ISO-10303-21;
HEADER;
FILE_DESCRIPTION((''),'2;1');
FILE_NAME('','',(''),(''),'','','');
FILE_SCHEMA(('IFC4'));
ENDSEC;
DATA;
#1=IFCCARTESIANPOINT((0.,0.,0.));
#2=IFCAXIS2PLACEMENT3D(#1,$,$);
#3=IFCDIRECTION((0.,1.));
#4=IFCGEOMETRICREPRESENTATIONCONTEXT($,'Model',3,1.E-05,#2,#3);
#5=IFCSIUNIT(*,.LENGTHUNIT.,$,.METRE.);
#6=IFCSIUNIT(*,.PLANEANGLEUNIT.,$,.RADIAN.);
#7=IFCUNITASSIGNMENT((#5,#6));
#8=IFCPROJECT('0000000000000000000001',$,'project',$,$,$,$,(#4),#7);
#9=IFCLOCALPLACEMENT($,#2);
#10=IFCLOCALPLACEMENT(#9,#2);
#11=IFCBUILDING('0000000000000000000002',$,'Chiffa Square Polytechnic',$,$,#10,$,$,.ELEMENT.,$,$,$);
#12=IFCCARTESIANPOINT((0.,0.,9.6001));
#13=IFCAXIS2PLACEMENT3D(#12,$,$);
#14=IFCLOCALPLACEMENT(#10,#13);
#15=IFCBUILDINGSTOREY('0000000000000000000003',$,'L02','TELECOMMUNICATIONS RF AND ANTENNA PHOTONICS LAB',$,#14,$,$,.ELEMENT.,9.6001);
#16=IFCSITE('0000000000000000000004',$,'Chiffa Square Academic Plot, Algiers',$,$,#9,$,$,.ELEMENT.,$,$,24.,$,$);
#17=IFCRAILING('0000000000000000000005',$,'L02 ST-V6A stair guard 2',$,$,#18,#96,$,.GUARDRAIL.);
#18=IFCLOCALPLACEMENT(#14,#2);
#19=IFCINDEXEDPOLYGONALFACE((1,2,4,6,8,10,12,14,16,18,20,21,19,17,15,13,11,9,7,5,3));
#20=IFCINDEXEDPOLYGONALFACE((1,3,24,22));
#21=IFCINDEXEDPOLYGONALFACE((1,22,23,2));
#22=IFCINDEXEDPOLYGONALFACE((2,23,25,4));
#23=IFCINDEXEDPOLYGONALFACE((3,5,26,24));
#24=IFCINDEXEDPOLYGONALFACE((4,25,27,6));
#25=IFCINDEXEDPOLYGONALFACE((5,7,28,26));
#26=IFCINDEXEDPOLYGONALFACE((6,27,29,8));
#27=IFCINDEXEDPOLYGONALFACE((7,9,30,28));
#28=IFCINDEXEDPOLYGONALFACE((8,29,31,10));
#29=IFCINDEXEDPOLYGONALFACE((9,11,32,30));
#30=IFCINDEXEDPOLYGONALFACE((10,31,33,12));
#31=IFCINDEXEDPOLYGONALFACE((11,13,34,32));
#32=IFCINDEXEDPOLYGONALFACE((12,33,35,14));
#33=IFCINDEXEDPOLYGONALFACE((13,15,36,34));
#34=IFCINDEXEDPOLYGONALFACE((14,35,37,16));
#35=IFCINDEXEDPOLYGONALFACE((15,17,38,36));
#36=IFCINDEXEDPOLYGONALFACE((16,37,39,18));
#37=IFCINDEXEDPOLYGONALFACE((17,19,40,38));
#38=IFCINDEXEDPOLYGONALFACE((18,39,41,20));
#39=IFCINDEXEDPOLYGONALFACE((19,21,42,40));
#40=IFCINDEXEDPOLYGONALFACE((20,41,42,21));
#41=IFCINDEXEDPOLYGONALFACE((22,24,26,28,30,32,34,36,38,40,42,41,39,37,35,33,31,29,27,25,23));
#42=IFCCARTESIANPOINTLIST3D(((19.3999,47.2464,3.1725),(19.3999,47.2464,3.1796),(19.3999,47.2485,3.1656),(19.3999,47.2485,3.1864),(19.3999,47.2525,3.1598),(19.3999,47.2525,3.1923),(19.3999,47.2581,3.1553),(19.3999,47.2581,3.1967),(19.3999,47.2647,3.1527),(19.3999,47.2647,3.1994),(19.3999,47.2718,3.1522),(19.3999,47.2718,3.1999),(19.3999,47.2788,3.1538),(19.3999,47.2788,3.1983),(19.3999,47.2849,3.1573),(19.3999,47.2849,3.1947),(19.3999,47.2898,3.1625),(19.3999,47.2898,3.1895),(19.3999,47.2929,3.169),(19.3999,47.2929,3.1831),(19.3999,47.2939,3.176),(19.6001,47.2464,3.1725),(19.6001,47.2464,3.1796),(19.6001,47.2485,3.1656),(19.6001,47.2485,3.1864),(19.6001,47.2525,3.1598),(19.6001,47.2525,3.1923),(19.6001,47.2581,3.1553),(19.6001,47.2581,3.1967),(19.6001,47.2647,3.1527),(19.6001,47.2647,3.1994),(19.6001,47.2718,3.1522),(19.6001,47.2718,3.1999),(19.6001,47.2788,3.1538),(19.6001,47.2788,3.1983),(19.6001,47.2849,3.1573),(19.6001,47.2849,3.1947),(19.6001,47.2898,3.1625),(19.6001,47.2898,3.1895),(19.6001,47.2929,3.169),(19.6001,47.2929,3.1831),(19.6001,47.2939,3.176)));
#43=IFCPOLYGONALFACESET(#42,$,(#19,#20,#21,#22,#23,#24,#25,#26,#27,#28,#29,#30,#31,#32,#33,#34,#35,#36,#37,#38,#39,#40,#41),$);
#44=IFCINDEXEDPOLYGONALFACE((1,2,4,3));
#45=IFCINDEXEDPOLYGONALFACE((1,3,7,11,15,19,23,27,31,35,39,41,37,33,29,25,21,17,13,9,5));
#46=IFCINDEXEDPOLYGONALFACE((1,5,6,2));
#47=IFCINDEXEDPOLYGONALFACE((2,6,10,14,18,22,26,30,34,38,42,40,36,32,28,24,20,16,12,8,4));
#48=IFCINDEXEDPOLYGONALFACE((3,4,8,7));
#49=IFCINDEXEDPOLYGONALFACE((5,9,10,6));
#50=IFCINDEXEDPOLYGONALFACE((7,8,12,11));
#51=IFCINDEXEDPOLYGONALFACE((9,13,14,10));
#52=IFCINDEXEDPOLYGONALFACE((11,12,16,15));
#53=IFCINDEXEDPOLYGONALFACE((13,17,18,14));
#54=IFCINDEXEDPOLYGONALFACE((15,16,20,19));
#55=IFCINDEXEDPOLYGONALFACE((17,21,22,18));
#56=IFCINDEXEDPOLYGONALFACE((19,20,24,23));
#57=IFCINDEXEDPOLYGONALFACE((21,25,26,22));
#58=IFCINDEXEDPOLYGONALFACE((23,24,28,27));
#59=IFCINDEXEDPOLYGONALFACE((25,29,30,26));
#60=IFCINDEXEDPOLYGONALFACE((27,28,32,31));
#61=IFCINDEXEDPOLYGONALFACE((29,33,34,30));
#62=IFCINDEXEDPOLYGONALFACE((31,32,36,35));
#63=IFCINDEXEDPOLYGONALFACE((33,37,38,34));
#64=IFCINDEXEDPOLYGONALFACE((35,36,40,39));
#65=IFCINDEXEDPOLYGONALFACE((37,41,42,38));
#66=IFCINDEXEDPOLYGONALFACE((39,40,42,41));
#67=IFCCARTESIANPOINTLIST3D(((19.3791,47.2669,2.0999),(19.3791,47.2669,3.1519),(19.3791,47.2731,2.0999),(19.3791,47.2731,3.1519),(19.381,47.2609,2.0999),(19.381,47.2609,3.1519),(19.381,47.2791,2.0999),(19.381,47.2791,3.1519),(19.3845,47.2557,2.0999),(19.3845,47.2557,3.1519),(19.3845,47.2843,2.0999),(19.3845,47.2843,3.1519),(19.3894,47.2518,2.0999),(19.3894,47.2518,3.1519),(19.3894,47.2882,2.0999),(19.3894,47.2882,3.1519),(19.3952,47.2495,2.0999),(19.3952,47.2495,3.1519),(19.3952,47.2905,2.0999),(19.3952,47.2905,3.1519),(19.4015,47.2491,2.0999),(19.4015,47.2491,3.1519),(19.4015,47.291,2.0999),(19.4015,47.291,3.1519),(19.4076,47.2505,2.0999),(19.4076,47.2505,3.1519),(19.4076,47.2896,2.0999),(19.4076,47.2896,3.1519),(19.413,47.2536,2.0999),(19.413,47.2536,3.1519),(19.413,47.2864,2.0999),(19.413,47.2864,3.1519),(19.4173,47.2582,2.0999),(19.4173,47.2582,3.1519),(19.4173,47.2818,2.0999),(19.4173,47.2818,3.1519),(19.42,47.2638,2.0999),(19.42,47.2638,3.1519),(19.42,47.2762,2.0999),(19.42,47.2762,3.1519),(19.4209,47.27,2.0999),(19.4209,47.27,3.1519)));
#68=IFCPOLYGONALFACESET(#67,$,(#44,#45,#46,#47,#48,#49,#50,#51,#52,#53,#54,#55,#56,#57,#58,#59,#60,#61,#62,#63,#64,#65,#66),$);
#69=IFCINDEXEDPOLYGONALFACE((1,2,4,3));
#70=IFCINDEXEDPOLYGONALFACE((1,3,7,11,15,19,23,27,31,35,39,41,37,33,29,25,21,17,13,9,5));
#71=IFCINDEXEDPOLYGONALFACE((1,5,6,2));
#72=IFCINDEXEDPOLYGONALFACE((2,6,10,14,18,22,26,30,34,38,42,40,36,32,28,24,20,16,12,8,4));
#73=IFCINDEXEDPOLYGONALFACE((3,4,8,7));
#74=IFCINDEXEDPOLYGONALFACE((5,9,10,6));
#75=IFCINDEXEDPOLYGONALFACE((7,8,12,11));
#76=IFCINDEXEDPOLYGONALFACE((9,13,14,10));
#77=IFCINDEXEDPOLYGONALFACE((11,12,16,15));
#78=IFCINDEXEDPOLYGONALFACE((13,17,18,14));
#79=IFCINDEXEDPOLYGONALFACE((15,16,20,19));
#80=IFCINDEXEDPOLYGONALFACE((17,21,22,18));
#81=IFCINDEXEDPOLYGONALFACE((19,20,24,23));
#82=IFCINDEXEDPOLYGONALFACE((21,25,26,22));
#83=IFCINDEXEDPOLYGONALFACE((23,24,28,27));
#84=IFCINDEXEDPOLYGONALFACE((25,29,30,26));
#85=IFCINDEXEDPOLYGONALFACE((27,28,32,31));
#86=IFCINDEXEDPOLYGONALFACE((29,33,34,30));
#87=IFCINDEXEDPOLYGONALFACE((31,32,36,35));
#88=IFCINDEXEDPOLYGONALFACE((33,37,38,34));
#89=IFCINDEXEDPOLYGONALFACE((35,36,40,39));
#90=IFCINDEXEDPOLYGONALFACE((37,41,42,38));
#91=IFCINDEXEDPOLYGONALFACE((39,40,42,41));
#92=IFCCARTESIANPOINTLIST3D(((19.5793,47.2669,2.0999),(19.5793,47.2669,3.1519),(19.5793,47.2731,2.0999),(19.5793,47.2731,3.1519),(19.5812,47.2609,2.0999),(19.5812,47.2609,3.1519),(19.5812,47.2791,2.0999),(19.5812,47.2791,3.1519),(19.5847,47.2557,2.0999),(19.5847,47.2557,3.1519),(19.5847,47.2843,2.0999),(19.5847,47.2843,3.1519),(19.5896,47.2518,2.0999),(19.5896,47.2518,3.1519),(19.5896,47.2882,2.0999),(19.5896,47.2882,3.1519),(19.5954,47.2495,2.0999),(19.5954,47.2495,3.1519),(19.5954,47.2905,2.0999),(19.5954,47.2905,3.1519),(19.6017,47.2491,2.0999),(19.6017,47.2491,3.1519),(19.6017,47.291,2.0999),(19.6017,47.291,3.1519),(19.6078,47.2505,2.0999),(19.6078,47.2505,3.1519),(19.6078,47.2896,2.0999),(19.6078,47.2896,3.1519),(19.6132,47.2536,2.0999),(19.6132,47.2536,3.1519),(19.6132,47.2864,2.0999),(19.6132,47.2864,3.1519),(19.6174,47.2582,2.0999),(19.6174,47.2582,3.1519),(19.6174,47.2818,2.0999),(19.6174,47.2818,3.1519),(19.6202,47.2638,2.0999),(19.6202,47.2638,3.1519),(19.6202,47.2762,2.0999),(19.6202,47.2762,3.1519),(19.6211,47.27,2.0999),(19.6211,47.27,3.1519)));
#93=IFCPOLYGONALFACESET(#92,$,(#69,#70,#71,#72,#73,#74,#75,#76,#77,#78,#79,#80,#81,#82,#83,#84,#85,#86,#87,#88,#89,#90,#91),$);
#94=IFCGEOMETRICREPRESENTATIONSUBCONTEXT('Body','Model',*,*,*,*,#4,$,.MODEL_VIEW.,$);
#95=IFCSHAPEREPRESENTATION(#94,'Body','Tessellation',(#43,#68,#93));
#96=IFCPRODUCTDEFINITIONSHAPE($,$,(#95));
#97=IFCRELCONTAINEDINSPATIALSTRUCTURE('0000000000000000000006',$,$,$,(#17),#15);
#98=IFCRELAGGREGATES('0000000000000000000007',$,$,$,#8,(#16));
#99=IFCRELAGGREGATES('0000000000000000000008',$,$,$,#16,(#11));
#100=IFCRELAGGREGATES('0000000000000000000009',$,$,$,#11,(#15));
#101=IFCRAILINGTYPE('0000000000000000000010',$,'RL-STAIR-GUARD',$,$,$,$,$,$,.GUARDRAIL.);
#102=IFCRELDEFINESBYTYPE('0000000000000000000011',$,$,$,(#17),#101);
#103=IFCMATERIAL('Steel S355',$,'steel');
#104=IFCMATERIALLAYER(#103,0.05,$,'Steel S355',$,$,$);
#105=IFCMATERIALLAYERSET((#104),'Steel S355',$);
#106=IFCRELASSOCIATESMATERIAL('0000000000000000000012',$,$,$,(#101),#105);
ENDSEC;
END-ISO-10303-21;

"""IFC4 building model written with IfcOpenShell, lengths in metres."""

from ifc_helpers import new_model, si_unit, direction, frame, origin, origin_2d, place, context, subcontext, project, spatial, circle, extrude, material, layer, layer_set, type_object, element, save


model = new_model("IFC4")

# Units and contexts
model_context = context("Model", 3, precision=1e-05, world=origin(), true_north=direction((0.0, 1.0)))
body_context = subcontext(model_context, "Body", "Model", "MODEL_VIEW")
ifc_project = project(units=[si_unit("LENGTHUNIT", "METRE"), si_unit("PLANEANGLEUNIT", "RADIAN")], contexts=[model_context])

# Site, building, storey
site_placement = place(None, origin())
site = spatial("IfcSite", under=ifc_project, at=site_placement, Name="Chiffa Square Academic Plot, Algiers", CompositionType="ELEMENT", RefElevation=24.0)
building_placement = place(site_placement, origin())
building = spatial("IfcBuilding", under=site, at=building_placement, Name="Chiffa Square Polytechnic", CompositionType="ELEMENT")
storey_placement = place(building_placement, frame((0.0, 0.0, 9.6001)))
storey = spatial("IfcBuildingStorey", under=building, at=storey_placement, Name="L02", Description="TELECOMMUNICATIONS RF AND ANTENNA PHOTONICS LAB", CompositionType="ELEMENT", Elevation=9.6001)

# Railing
ifc_material_1 = material(Name="Steel S355", Category="steel")
ifc_layer_1 = layer(ifc_material_1, 0.05, Name="Steel S355")
ifc_layer_set_1 = layer_set([ifc_layer_1], Name="Steel S355")
railing_type_1 = type_object("IfcRailingType", Name="RL-STAIR-GUARD", PredefinedType="GUARDRAIL", material=ifc_layer_set_1)
railing_1_placement = place(storey_placement, frame((19.3999, 47.27, 2.0999)))
element("IfcRailing", 1, at=railing_1_placement, inside=storey, type_object=railing_type_1, Name="L02 ST-V6A stair guard 2", PredefinedType="GUARDRAIL", context=body_context, shape_type="SweptSolid", body=[
    extrude(circle(Radius=0.0239, at=origin_2d()), frame((0.0, 0.0, 1.0762), z_axis=(1.0, 0.0, 0.0), x_axis=(0.0, 1.0, 0.0)), (0.0, 0.0, 1.0), 0.2002),
    extrude(circle(Radius=0.021, at=origin_2d()), origin(), (0.0, 0.0, 1.0), 1.052),
    extrude(circle(Radius=0.021, at=origin_2d()), frame((0.2002, 0.0, 0.0)), (0.0, 0.0, 1.0), 1.052),
])

save(model, "model.ifc")
